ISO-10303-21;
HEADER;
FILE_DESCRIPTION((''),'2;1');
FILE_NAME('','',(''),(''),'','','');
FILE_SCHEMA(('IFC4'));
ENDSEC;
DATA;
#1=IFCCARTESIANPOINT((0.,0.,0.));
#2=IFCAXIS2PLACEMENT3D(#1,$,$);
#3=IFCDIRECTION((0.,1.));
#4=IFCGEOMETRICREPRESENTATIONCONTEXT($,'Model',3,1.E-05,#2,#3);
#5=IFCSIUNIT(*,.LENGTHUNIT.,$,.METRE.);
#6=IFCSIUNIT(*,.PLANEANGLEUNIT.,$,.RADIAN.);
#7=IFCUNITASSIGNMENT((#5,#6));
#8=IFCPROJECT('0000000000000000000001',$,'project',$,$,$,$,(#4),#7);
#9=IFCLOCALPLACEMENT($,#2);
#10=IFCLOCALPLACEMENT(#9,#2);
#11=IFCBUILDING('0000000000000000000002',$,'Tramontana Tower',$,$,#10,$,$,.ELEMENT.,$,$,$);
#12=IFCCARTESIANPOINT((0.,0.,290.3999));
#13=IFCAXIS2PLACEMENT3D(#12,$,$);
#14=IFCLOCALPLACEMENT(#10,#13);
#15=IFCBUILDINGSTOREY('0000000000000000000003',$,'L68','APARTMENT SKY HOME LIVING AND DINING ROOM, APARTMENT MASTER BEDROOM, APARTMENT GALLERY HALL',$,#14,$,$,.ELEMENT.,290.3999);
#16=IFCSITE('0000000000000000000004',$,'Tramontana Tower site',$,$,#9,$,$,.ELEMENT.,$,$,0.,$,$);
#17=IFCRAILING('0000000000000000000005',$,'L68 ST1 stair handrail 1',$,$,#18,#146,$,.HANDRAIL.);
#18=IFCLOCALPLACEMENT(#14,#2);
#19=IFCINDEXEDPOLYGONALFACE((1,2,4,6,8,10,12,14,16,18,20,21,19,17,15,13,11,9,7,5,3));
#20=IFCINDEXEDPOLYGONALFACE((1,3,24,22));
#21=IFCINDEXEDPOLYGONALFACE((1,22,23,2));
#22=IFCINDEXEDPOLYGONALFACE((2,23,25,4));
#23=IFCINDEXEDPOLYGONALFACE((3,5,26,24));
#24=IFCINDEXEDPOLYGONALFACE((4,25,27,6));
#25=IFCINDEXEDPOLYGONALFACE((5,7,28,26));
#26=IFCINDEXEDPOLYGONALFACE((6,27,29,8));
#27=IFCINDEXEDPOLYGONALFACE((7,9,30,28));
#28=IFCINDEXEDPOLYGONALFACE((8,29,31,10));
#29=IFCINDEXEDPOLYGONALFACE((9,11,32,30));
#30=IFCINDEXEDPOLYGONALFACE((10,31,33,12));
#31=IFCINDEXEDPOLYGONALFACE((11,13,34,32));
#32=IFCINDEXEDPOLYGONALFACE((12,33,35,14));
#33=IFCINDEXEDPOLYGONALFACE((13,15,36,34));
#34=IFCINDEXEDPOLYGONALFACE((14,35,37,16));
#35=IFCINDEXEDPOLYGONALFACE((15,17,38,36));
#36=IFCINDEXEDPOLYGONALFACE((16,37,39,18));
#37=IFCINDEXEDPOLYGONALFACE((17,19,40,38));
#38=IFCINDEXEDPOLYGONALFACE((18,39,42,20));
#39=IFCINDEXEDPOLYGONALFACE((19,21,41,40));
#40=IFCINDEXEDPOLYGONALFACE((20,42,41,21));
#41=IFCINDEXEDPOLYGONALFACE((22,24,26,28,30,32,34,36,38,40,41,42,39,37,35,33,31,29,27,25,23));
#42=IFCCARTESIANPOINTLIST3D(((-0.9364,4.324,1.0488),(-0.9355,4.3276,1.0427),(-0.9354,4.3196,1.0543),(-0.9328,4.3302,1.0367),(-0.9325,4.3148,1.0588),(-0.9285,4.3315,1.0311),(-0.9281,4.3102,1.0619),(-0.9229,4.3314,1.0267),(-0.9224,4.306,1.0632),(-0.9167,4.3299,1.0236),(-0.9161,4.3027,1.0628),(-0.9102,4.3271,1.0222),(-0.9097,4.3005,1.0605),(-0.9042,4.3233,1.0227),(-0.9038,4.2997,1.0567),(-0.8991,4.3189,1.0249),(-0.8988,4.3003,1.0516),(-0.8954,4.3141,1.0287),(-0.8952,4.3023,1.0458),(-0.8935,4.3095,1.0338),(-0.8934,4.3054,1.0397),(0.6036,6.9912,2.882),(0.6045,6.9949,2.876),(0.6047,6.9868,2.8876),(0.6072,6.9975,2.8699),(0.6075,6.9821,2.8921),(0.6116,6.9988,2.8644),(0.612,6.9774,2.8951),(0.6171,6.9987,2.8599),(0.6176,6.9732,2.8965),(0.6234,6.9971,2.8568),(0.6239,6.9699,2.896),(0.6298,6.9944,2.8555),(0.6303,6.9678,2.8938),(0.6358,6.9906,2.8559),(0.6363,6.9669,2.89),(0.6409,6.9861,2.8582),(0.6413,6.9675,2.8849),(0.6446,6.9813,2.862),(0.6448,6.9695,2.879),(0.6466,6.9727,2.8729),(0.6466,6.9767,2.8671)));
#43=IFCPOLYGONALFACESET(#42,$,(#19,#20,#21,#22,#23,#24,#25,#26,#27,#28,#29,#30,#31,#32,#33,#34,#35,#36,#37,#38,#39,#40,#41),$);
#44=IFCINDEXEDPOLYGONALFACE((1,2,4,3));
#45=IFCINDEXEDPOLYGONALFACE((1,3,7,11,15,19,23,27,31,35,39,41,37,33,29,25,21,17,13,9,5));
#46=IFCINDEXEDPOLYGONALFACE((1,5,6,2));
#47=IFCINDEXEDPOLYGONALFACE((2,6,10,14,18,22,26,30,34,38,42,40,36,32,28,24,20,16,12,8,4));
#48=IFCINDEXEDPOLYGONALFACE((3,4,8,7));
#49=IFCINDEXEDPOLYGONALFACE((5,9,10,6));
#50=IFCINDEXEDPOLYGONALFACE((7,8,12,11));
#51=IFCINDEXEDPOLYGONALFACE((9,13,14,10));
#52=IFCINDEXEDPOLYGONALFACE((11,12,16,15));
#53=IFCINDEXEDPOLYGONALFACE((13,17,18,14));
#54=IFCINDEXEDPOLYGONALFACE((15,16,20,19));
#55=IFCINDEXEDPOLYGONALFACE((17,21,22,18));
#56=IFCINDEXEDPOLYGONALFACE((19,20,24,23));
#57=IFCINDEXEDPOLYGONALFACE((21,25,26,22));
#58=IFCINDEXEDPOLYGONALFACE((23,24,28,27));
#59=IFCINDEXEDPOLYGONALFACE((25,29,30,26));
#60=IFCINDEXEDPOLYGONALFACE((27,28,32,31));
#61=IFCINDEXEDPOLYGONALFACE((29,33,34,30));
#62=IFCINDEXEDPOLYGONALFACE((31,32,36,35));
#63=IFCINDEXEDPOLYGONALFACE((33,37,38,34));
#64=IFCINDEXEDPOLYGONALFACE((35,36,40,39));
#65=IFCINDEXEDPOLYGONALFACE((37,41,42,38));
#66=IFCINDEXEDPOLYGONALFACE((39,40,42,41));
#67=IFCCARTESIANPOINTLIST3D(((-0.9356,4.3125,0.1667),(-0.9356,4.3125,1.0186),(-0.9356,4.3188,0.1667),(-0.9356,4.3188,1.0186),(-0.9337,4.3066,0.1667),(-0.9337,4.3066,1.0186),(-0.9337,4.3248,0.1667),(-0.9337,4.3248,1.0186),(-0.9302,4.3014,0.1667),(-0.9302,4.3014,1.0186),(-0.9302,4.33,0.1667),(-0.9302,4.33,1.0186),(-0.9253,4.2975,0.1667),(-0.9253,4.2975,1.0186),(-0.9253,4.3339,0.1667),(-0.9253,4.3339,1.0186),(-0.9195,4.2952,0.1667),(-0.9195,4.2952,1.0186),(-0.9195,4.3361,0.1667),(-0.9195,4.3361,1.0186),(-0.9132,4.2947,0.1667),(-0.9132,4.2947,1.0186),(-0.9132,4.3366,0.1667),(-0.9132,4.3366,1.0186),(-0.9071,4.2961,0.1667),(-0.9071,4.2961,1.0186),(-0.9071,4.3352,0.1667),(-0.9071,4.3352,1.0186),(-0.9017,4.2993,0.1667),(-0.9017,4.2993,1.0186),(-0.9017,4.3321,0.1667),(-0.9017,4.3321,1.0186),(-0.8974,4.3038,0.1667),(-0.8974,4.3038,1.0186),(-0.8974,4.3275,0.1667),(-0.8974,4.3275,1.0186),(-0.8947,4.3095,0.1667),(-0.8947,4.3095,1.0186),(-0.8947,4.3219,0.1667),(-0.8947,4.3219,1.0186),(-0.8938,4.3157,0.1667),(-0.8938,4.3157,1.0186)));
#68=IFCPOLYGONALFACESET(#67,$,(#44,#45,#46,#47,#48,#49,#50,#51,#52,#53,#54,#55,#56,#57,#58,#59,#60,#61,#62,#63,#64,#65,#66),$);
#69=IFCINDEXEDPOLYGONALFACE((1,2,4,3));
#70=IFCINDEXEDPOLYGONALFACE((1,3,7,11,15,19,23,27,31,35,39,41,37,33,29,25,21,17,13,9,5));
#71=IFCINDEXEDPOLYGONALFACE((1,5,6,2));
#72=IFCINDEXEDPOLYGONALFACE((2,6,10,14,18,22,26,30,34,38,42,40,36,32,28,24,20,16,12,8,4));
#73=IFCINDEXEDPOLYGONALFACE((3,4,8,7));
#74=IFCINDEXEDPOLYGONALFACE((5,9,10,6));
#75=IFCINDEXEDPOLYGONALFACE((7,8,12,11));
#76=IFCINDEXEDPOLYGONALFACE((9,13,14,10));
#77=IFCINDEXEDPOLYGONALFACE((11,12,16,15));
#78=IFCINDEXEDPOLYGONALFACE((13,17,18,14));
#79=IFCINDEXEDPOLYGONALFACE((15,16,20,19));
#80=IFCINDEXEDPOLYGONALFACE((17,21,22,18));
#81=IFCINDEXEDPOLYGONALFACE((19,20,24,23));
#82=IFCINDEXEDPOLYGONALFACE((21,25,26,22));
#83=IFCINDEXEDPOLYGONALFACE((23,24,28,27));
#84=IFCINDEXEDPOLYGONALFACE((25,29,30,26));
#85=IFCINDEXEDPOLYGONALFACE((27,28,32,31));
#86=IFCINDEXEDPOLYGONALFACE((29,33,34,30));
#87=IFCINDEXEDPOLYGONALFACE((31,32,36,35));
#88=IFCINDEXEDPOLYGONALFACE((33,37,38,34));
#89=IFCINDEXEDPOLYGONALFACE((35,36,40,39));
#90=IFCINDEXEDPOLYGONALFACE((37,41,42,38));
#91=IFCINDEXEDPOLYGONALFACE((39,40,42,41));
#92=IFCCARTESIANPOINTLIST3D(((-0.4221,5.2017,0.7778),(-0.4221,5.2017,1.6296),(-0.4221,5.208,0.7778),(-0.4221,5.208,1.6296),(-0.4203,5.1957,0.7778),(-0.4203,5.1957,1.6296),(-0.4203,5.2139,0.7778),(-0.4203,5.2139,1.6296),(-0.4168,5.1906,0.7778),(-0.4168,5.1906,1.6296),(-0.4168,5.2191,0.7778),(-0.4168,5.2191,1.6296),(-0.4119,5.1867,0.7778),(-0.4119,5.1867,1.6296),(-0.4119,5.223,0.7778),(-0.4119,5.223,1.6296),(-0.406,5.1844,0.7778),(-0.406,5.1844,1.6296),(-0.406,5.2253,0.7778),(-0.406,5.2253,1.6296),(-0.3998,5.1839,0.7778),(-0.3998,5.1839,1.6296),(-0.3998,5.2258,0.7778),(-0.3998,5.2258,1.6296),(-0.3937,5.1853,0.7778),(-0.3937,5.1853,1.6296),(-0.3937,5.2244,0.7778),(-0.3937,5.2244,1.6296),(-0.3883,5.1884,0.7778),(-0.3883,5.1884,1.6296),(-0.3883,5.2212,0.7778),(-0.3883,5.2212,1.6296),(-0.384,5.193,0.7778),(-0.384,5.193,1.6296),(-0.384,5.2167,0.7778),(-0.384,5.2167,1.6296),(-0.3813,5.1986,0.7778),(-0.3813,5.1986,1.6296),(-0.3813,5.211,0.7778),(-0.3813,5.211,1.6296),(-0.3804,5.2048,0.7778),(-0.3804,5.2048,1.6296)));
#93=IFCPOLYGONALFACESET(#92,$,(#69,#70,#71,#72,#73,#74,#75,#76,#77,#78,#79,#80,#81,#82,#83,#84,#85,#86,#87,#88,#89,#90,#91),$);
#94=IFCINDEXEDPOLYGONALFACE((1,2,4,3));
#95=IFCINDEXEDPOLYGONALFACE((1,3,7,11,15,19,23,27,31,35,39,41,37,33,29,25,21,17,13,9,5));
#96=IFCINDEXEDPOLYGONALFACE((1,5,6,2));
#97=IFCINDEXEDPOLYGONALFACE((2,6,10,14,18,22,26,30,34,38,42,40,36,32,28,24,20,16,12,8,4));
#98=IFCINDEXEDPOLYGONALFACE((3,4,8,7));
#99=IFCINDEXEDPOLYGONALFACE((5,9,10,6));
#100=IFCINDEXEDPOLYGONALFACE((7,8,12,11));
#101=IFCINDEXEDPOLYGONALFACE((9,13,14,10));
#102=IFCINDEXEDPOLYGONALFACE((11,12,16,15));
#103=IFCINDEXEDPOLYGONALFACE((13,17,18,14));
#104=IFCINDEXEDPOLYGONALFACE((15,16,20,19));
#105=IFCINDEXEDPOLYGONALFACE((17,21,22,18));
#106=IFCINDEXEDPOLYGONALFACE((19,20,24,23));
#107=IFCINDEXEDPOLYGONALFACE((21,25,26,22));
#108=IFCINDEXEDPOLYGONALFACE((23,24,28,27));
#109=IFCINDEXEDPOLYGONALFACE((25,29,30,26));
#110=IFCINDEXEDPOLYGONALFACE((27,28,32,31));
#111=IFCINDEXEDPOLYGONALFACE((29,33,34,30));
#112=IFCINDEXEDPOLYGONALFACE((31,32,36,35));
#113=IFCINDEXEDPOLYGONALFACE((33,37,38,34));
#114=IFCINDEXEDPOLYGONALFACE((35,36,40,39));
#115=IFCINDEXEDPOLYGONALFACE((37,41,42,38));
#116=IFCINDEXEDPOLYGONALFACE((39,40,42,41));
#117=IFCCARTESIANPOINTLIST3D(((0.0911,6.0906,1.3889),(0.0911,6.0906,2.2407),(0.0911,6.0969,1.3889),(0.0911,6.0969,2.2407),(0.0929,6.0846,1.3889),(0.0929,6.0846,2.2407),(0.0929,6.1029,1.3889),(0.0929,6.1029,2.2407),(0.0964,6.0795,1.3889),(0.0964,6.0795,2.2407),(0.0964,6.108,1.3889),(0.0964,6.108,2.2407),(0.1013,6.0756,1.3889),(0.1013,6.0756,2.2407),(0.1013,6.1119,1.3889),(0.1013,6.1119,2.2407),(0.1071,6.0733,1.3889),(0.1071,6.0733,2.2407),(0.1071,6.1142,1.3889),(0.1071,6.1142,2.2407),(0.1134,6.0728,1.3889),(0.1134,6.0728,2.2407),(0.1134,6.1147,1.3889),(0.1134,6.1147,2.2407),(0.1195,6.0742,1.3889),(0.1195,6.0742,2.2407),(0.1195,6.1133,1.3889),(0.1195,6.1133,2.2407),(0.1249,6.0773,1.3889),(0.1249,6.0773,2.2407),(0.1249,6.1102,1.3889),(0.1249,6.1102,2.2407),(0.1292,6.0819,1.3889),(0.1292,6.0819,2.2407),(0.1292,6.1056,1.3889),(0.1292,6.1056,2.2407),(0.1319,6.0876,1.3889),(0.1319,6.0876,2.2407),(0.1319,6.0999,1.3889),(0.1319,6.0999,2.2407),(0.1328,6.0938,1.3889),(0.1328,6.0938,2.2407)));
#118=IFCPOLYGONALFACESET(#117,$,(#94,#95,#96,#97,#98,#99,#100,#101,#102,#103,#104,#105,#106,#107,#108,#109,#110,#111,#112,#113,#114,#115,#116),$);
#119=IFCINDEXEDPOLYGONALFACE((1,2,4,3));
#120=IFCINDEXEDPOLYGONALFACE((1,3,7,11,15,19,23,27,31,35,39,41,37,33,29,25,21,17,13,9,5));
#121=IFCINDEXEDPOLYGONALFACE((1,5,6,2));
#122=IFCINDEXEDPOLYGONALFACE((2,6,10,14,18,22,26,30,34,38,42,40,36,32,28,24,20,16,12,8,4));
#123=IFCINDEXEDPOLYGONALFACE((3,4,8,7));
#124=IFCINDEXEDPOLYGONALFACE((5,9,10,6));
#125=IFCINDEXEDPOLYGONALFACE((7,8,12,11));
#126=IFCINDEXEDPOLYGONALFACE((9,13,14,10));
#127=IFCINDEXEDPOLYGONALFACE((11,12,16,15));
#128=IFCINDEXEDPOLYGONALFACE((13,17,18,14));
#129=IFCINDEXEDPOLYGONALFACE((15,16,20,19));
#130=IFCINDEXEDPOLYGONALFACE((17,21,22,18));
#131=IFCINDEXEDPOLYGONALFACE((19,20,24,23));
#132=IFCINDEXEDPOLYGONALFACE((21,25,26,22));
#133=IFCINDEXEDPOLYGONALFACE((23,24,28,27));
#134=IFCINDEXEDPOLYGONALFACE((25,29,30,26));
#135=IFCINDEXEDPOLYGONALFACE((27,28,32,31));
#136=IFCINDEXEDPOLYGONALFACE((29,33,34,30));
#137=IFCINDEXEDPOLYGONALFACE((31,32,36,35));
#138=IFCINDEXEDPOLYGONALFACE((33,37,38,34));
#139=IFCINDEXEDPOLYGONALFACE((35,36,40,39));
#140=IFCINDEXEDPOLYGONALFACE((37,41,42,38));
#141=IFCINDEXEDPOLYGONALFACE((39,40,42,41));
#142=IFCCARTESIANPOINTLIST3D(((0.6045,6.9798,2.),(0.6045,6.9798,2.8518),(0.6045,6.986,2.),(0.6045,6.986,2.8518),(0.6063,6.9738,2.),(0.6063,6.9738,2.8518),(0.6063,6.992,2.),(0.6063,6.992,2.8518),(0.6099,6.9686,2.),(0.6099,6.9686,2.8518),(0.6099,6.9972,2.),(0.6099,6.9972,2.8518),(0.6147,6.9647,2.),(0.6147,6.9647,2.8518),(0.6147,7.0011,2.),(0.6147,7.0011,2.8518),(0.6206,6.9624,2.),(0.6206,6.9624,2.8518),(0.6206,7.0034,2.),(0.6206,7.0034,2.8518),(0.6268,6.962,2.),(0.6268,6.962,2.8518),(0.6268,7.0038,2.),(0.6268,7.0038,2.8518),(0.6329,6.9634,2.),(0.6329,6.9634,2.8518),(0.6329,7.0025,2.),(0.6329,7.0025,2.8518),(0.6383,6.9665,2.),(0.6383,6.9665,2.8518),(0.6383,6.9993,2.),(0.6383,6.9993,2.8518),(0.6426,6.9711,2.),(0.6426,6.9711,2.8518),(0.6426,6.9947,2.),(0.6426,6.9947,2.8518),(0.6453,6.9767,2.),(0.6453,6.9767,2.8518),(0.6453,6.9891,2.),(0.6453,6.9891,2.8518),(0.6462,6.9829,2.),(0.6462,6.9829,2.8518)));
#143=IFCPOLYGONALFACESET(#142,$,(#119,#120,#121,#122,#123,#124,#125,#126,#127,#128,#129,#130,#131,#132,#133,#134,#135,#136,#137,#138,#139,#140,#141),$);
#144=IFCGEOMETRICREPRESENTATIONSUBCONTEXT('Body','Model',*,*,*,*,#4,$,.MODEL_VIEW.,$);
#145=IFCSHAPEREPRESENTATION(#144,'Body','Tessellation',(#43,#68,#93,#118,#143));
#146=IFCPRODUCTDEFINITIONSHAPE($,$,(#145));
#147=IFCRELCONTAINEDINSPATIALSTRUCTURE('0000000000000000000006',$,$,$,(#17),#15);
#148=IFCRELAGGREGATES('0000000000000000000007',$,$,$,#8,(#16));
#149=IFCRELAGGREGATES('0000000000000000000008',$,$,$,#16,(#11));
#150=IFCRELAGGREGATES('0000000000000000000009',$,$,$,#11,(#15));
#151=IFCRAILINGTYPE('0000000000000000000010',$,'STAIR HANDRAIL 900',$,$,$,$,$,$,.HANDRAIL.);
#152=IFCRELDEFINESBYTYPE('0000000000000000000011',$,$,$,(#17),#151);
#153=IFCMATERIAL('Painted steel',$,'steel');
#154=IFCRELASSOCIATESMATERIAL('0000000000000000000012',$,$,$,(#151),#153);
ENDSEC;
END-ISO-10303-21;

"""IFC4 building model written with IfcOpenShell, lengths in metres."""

from ifc_helpers import new_model, si_unit, direction, frame, origin, origin_2d, place, context, subcontext, project, spatial, circle, extrude, material, type_object, element, save


model = new_model("IFC4")

# Units and contexts
model_context = context("Model", 3, precision=1e-05, world=origin(), true_north=direction((0.0, 1.0)))
body_context = subcontext(model_context, "Body", "Model", "MODEL_VIEW")
ifc_project = project(units=[si_unit("LENGTHUNIT", "METRE"), si_unit("PLANEANGLEUNIT", "RADIAN")], contexts=[model_context])

# Site, building, storey
site_placement = place(None, origin())
site = spatial("IfcSite", under=ifc_project, at=site_placement, Name="Tramontana Tower site", CompositionType="ELEMENT", RefElevation=0.0)
building_placement = place(site_placement, origin())
building = spatial("IfcBuilding", under=site, at=building_placement, Name="Tramontana Tower", CompositionType="ELEMENT")
storey_placement = place(building_placement, frame((0.0, 0.0, 290.3999)))
storey = spatial("IfcBuildingStorey", under=building, at=storey_placement, Name="L68", Description="APARTMENT SKY HOME LIVING AND DINING ROOM, APARTMENT MASTER BEDROOM, APARTMENT GALLERY HALL", CompositionType="ELEMENT", Elevation=290.3999)

# Railing
ifc_material_1 = material(Name="Painted steel", Category="steel")
railing_type_1 = type_object("IfcRailingType", Name="STAIR HANDRAIL 900", PredefinedType="HANDRAIL", material=ifc_material_1)
railing_1_placement = place(storey_placement, frame((-0.9148, 4.3157, 0.1667)))
element("IfcRailing", 1, at=railing_1_placement, inside=storey, type_object=railing_type_1, Name="L68 ST1 stair handrail 1", PredefinedType="HANDRAIL", context=body_context, shape_type="SweptSolid", body=[
    extrude(circle(Radius=0.0239, at=origin_2d()), frame((0.0, 0.0, 0.876), z_axis=(0.429671, 0.744159, 0.511478), x_axis=(-0.86601, 0.500027, 0.0)), (0.0, 0.0, 1.0), 3.5842),
    extrude(circle(Radius=0.021, at=origin_2d()), origin(), (0.0, 0.0, 1.0), 0.8518),
    extrude(circle(Radius=0.021, at=origin_2d()), frame((0.5134, 0.8892, 0.6111)), (0.0, 0.0, 1.0), 0.8518),
    extrude(circle(Radius=0.021, at=origin_2d()), frame((1.0266, 1.7781, 1.2222)), (0.0, 0.0, 1.0), 0.8518),
    extrude(circle(Radius=0.021, at=origin_2d()), frame((1.54, 2.6672, 1.8333)), (0.0, 0.0, 1.0), 0.8518),
])

save(model, "model.ifc")
